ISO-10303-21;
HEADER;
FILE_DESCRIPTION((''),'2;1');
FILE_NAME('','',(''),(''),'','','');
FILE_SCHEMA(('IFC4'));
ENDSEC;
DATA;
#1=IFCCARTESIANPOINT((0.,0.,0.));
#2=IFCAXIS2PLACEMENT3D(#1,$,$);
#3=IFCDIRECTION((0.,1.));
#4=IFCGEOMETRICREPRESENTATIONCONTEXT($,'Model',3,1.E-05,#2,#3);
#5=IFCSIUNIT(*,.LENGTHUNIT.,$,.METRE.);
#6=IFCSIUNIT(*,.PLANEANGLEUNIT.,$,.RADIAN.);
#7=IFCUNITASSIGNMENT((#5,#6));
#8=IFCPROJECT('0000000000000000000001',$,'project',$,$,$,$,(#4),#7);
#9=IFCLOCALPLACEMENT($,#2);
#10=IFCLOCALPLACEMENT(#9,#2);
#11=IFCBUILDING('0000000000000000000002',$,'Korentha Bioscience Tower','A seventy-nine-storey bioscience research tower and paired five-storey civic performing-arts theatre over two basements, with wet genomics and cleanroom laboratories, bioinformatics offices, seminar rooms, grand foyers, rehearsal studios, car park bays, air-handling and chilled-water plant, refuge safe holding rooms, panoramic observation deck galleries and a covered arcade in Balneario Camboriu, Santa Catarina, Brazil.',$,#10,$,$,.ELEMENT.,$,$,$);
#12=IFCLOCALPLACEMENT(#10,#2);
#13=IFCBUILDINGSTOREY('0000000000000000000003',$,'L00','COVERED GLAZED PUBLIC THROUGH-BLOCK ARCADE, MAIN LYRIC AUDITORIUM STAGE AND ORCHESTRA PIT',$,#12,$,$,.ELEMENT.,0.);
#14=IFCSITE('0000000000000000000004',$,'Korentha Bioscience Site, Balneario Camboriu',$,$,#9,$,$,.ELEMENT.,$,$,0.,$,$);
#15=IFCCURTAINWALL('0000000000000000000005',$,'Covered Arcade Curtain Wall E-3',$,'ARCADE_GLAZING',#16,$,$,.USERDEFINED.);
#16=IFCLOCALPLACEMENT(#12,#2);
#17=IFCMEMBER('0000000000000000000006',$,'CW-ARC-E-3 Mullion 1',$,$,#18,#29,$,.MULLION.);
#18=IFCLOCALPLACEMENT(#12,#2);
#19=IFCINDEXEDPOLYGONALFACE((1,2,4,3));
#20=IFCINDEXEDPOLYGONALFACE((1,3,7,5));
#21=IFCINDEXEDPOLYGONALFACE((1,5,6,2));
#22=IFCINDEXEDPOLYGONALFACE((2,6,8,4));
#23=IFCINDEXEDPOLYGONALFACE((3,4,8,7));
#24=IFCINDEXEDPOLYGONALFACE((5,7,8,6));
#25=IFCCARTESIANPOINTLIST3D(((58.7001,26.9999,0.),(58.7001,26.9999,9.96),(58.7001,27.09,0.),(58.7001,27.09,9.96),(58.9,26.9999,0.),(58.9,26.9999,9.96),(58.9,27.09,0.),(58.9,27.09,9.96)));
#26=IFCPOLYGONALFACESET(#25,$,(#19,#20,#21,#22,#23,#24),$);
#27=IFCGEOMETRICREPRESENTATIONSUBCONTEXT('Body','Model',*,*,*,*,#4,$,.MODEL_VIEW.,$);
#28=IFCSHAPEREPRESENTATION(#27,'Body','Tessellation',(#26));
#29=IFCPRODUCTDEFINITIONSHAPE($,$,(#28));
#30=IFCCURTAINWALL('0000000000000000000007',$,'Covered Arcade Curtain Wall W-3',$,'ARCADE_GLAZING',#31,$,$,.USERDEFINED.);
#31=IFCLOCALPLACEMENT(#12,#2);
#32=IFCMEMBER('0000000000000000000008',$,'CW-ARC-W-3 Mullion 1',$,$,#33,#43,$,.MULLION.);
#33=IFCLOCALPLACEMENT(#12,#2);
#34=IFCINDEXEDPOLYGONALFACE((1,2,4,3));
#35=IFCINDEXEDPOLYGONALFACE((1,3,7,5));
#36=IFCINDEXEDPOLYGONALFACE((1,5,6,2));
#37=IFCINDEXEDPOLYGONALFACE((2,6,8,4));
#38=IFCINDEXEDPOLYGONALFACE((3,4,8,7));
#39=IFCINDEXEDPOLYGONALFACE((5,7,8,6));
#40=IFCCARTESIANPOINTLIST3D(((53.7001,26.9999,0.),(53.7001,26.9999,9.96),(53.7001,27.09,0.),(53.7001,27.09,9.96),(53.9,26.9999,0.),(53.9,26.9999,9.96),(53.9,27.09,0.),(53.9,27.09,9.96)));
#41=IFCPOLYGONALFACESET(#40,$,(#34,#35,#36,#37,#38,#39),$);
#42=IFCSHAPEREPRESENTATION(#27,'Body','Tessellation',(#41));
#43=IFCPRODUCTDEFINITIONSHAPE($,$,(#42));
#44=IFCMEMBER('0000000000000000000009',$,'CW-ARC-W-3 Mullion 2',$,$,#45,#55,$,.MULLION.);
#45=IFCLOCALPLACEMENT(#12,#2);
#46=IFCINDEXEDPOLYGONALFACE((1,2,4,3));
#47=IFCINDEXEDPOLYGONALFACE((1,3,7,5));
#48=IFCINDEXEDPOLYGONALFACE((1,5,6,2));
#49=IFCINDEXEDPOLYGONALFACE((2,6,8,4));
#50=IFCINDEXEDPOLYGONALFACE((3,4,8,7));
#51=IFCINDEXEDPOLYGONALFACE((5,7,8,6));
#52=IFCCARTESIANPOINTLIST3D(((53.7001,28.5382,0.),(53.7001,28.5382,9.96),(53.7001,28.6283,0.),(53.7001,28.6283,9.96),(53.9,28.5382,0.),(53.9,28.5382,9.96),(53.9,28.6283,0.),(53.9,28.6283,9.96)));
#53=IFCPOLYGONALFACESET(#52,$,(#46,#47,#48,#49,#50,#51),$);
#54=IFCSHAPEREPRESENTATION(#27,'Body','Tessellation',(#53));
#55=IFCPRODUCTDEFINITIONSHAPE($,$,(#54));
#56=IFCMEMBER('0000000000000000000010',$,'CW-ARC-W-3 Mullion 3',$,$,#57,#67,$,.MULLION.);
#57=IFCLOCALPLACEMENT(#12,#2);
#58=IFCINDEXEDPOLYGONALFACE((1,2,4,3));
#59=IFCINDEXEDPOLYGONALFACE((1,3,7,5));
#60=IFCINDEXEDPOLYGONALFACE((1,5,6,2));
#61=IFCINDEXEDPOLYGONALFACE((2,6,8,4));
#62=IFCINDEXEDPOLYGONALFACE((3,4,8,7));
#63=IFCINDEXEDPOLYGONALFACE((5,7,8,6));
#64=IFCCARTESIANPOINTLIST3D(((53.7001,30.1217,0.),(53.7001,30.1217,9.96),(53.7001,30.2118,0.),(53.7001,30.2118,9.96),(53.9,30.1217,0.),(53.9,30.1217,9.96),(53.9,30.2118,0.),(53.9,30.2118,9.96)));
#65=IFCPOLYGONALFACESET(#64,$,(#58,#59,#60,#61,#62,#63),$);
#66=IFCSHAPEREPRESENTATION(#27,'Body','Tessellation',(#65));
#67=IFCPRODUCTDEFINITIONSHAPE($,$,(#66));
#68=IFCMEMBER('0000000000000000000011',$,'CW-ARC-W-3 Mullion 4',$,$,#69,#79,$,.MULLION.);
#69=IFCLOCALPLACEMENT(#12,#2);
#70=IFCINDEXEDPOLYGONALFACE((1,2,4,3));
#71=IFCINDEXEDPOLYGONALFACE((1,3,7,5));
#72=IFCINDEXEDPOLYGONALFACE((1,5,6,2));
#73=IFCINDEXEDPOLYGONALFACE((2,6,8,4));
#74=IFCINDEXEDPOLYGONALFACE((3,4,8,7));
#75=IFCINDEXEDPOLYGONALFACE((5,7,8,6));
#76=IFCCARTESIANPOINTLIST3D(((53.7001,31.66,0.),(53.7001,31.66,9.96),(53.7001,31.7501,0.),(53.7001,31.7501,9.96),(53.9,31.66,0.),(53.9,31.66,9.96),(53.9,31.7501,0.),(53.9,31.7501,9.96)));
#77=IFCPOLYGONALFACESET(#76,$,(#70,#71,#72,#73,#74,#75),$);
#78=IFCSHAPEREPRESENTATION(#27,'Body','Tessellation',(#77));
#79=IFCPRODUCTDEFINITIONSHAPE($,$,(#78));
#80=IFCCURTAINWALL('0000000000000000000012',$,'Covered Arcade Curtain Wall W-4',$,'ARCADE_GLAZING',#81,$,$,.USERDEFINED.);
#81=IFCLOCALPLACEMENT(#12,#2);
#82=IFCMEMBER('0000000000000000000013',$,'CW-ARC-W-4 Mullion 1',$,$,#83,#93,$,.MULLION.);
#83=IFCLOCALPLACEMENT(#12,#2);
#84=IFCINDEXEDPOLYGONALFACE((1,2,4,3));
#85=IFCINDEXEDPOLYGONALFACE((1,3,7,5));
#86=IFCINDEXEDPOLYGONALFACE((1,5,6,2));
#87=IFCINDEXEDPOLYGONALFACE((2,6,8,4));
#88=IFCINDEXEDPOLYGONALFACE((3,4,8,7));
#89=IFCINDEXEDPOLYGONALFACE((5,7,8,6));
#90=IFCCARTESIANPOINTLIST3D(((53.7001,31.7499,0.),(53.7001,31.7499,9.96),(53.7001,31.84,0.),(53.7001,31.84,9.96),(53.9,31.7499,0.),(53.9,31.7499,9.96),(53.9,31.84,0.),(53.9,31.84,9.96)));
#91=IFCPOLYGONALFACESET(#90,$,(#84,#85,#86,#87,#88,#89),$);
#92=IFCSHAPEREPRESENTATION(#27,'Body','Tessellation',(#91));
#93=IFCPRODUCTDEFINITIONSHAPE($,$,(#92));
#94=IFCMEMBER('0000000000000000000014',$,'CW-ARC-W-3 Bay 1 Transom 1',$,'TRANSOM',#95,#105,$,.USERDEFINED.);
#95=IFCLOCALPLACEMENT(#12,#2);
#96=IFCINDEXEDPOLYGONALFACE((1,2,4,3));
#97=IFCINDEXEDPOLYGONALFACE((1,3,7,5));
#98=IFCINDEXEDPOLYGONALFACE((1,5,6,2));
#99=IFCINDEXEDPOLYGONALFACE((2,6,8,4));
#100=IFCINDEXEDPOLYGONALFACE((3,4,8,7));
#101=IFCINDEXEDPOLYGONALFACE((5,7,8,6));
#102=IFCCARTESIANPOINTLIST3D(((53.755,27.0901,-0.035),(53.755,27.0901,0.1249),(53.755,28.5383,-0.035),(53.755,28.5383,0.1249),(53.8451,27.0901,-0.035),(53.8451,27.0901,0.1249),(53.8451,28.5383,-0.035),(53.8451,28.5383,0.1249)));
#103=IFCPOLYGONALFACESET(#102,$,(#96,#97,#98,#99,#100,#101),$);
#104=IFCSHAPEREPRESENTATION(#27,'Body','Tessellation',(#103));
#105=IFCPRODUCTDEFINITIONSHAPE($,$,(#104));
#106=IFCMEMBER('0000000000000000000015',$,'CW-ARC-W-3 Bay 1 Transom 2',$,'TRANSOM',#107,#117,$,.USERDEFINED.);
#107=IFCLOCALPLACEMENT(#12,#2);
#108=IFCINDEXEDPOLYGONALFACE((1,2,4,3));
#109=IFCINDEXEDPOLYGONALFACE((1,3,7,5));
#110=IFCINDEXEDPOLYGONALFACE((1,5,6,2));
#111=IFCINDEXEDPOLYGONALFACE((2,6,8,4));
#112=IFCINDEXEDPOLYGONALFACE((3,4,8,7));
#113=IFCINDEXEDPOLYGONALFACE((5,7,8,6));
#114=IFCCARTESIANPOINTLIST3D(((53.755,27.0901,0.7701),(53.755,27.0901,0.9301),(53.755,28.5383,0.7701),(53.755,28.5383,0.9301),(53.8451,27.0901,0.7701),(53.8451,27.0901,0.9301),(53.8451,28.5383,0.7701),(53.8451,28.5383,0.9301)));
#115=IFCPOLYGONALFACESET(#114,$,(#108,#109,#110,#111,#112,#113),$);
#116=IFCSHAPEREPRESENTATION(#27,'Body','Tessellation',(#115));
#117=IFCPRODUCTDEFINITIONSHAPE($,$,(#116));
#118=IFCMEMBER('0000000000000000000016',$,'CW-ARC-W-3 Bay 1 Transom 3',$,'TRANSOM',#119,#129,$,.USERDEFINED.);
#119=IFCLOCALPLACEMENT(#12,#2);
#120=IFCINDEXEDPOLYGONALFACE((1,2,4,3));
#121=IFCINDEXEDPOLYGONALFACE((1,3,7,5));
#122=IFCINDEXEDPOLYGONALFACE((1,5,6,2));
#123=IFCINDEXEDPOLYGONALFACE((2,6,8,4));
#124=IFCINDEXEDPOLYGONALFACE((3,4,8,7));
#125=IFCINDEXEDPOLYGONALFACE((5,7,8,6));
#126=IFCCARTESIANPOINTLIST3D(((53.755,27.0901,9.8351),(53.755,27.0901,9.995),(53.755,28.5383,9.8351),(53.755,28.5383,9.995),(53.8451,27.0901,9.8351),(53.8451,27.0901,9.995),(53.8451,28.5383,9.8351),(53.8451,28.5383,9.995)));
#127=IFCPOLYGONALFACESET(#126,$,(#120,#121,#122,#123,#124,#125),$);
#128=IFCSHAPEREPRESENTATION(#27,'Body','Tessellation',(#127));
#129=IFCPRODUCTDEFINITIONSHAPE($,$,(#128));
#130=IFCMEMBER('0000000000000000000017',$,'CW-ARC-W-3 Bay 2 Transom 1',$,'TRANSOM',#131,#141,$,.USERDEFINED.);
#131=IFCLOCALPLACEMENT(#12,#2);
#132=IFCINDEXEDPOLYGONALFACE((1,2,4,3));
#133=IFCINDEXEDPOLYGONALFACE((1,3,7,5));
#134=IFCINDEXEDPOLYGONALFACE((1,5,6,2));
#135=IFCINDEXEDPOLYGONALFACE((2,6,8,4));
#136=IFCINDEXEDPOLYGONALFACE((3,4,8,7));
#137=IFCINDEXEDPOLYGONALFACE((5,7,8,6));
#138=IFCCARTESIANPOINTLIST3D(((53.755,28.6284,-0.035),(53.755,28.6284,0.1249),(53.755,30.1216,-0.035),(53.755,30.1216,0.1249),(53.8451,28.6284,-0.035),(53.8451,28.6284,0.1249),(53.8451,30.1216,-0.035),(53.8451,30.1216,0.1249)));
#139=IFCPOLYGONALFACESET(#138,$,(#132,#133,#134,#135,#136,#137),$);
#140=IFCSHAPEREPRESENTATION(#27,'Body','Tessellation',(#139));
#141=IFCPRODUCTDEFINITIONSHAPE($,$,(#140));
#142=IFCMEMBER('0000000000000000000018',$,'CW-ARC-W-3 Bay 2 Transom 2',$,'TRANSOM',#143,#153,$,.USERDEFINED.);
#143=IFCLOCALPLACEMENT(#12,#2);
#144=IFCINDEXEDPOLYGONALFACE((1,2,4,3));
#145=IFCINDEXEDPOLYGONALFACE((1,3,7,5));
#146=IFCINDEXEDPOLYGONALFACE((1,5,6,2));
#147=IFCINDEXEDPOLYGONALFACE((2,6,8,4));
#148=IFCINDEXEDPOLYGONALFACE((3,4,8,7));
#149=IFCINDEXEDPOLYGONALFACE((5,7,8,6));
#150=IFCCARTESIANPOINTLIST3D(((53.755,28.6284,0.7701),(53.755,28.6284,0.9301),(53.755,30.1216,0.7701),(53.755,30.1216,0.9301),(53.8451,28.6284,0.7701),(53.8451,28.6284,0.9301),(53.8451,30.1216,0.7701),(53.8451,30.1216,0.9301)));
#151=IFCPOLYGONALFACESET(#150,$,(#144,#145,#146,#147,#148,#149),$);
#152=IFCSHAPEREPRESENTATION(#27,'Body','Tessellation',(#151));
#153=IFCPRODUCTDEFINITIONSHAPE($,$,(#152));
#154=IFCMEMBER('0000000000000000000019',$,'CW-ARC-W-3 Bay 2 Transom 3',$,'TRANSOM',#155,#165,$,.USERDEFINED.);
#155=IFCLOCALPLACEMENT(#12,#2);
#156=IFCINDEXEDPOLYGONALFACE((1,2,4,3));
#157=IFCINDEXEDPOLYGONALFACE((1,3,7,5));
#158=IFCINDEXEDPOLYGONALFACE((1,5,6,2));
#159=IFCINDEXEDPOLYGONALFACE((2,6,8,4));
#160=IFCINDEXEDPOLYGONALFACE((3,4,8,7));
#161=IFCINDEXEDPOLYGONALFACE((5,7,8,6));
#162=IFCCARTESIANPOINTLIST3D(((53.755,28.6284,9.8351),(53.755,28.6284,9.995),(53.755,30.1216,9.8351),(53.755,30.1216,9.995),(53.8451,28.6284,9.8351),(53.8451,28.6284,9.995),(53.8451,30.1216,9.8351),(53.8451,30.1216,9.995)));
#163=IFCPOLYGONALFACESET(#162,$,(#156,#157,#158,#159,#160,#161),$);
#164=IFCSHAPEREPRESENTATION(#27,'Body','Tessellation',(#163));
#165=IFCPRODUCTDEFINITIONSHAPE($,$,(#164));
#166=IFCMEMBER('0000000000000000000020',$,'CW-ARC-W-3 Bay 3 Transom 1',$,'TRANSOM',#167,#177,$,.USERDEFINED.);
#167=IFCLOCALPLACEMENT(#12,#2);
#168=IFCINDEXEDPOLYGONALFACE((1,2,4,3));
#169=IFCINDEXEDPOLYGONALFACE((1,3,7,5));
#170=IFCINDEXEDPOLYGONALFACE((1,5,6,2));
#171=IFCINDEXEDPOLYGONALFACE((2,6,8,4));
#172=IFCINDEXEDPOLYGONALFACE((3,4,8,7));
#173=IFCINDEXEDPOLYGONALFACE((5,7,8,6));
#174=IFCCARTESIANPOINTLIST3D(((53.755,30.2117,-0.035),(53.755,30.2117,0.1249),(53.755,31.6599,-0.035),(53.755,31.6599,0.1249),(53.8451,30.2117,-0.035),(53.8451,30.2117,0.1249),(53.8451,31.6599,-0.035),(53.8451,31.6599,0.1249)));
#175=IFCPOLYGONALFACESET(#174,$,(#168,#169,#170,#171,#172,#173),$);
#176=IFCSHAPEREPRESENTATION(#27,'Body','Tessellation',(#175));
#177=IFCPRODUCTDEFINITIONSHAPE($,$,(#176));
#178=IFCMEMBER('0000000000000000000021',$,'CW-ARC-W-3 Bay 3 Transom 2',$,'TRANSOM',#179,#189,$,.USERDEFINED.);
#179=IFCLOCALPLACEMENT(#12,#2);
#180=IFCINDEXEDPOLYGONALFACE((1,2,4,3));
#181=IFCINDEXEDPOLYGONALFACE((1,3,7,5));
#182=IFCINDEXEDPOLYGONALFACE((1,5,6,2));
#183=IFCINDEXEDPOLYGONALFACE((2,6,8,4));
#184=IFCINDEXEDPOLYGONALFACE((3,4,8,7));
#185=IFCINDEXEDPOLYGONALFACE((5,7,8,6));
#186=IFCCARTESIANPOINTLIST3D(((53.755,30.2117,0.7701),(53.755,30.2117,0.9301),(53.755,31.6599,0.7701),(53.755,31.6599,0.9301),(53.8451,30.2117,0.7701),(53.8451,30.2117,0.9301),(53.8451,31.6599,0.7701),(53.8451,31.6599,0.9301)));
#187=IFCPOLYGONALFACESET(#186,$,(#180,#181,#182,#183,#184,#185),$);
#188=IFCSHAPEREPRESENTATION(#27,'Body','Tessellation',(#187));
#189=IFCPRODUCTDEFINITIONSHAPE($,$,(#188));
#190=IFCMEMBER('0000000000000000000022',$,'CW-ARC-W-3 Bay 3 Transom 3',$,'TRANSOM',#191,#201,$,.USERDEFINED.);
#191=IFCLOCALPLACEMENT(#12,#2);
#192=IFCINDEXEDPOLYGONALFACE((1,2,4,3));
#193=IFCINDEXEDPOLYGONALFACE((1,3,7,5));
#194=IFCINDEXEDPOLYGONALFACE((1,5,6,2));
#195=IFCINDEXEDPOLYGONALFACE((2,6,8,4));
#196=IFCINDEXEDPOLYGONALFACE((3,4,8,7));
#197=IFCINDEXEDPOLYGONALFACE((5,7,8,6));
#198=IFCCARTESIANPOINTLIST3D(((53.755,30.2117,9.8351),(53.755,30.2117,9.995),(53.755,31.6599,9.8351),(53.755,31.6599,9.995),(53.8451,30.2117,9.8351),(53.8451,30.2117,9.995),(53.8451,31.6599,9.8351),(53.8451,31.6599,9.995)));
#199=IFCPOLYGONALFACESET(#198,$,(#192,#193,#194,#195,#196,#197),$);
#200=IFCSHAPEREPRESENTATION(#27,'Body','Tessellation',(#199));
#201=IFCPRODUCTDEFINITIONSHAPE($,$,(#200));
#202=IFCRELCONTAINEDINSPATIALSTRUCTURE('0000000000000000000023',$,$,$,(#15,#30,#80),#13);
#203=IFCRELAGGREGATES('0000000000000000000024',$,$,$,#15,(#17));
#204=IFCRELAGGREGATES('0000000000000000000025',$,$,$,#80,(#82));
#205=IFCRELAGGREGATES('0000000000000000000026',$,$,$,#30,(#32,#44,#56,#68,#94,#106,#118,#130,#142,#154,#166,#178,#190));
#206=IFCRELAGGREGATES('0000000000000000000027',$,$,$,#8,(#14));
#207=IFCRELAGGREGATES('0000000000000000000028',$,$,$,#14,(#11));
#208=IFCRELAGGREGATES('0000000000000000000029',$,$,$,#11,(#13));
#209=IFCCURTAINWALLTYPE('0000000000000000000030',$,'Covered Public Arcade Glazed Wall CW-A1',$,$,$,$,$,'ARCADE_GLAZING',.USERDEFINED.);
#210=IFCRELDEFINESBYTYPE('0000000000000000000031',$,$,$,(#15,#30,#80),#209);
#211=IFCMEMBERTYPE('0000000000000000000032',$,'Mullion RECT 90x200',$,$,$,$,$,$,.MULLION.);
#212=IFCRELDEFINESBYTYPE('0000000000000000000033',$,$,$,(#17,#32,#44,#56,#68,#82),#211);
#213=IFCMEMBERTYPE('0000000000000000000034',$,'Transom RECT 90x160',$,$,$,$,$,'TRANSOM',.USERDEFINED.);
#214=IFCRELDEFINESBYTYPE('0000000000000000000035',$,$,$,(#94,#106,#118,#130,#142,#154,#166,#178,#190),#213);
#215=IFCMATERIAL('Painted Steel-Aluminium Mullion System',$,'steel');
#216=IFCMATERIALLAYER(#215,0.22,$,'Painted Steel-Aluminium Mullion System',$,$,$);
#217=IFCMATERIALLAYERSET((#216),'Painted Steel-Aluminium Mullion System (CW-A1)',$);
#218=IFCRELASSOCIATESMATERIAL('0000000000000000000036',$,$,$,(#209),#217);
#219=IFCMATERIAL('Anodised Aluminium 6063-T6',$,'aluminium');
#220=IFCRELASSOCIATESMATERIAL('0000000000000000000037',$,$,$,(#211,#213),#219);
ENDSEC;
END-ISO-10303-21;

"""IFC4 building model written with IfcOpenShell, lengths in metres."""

from ifc_helpers import new_model, si_unit, direction, frame, origin, origin_2d, place, context, subcontext, project, spatial, rectangle, extrude, material, layer, layer_set, material_profile, profile_set, type_object, element, aggregate, save


model = new_model("IFC4")

# Units and contexts
model_context = context("Model", 3, precision=1e-05, world=origin(), true_north=direction((0.0, 1.0)))
body_context = subcontext(model_context, "Body", "Model", "MODEL_VIEW")
ifc_project = project(units=[si_unit("LENGTHUNIT", "METRE"), si_unit("PLANEANGLEUNIT", "RADIAN")], contexts=[model_context])

# Site, building, storey
site_placement = place(None, origin())
site = spatial("IfcSite", under=ifc_project, at=site_placement, Name="Korentha Bioscience Site, Balneario Camboriu", CompositionType="ELEMENT", RefElevation=0.0)
building_placement = place(site_placement, origin())
building = spatial("IfcBuilding", under=site, at=building_placement, Name="Korentha Bioscience Tower", Description="A seventy-nine-storey bioscience research tower and paired five-storey civic performing-arts theatre over two basements, with wet genomics and cleanroom laboratories, bioinformatics offices, seminar rooms, grand foyers, rehearsal studios, car park bays, air-handling and chilled-water plant, refuge safe holding rooms, panoramic observation deck galleries and a covered arcade in Balneario Camboriu, Santa Catarina, Brazil.", CompositionType="ELEMENT")
storey_placement = place(building_placement, origin())
storey = spatial("IfcBuildingStorey", under=building, at=storey_placement, Name="L00", Description="COVERED GLAZED PUBLIC THROUGH-BLOCK ARCADE, MAIN LYRIC AUDITORIUM STAGE AND ORCHESTRA PIT", CompositionType="ELEMENT", Elevation=0.0)

# Curtain wall, member
ifc_material_1 = material(Name="Painted Steel-Aluminium Mullion System", Category="steel")
ifc_layer_1 = layer(ifc_material_1, 0.22, Name="Painted Steel-Aluminium Mullion System")
ifc_layer_set_1 = layer_set([ifc_layer_1], Name="Painted Steel-Aluminium Mullion System (CW-A1)")
curtain_wall_type = type_object("IfcCurtainWallType", Name="Covered Public Arcade Glazed Wall CW-A1", ElementType="ARCADE_GLAZING", PredefinedType="USERDEFINED", material=ifc_layer_set_1)
curtain_wall_1_placement = place(storey_placement, origin())
curtain_wall_1 = element("IfcCurtainWall", 1, at=curtain_wall_1_placement, inside=storey, type_object=curtain_wall_type, Name="Covered Arcade Curtain Wall E-3", ObjectType="ARCADE_GLAZING", PredefinedType="USERDEFINED")
ifc_material_2 = material(Name="Anodised Aluminium 6063-T6", Category="aluminium")
ifc_material_profile_1 = material_profile(ifc_material_2, rectangle(XDim=0.0901, YDim=0.2, at=origin_2d()), Name="Anodised Aluminium 6063-T6")
ifc_profile_set_1 = profile_set([ifc_material_profile_1], Name="Anodised Aluminium 6063-T6 (CW-MUL)")
member_type_1 = type_object("IfcMemberType", Name="Mullion RECT 90x200", PredefinedType="MULLION", material=ifc_profile_set_1)
member_1_placement = place(storey_placement, frame((58.8, 27.0449, 0.0), z_axis=(0.0, 0.0, 1.0), x_axis=(0.0, 1.0, 0.0)))
member_1 = element("IfcMember", 2, at=member_1_placement, type_object=member_type_1, Name="CW-ARC-E-3 Mullion 1", PredefinedType="MULLION", context=body_context, shape_type="SweptSolid", body=[
    extrude(rectangle(XDim=0.0901, YDim=0.2, at=origin_2d()), origin(), (0.0, 0.0, 1.0), 9.96),
])
aggregate(curtain_wall_1, [member_1])

# Curtain wall, members
curtain_wall_2_placement = place(storey_placement, origin())
curtain_wall_2 = element("IfcCurtainWall", 3, at=curtain_wall_2_placement, inside=storey, type_object=curtain_wall_type, Name="Covered Arcade Curtain Wall W-3", ObjectType="ARCADE_GLAZING", PredefinedType="USERDEFINED")
member_2_placement = place(storey_placement, frame((53.8, 27.0449, 0.0), z_axis=(0.0, 0.0, 1.0), x_axis=(0.0, 1.0, 0.0)))
member_2 = element("IfcMember", 4, at=member_2_placement, type_object=member_type_1, Name="CW-ARC-W-3 Mullion 1", PredefinedType="MULLION", context=body_context, shape_type="SweptSolid", body=[
    extrude(rectangle(XDim=0.0901, YDim=0.2, at=origin_2d()), origin(), (0.0, 0.0, 1.0), 9.96),
])
member_3_placement = place(storey_placement, frame((53.8, 28.5833, 0.0), z_axis=(0.0, 0.0, 1.0), x_axis=(0.0, 1.0, 0.0)))
member_3 = element("IfcMember", 5, at=member_3_placement, type_object=member_type_1, Name="CW-ARC-W-3 Mullion 2", PredefinedType="MULLION", context=body_context, shape_type="SweptSolid", body=[
    extrude(rectangle(XDim=0.0901, YDim=0.2, at=origin_2d()), origin(), (0.0, 0.0, 1.0), 9.96),
])
member_4_placement = place(storey_placement, frame((53.8, 30.1667, 0.0), z_axis=(0.0, 0.0, 1.0), x_axis=(0.0, 1.0, 0.0)))
member_4 = element("IfcMember", 6, at=member_4_placement, type_object=member_type_1, Name="CW-ARC-W-3 Mullion 3", PredefinedType="MULLION", context=body_context, shape_type="SweptSolid", body=[
    extrude(rectangle(XDim=0.0901, YDim=0.2, at=origin_2d()), origin(), (0.0, 0.0, 1.0), 9.96),
])
member_5_placement = place(storey_placement, frame((53.8, 31.7051, 0.0), z_axis=(0.0, 0.0, 1.0), x_axis=(0.0, 1.0, 0.0)))
member_5 = element("IfcMember", 7, at=member_5_placement, type_object=member_type_1, Name="CW-ARC-W-3 Mullion 4", PredefinedType="MULLION", context=body_context, shape_type="SweptSolid", body=[
    extrude(rectangle(XDim=0.0901, YDim=0.2, at=origin_2d()), origin(), (0.0, 0.0, 1.0), 9.96),
])

# Curtain wall, member
curtain_wall_3_placement = place(storey_placement, origin())
curtain_wall_3 = element("IfcCurtainWall", 8, at=curtain_wall_3_placement, inside=storey, type_object=curtain_wall_type, Name="Covered Arcade Curtain Wall W-4", ObjectType="ARCADE_GLAZING", PredefinedType="USERDEFINED")
member_6_placement = place(storey_placement, frame((53.8, 31.7949, 0.0), z_axis=(0.0, 0.0, 1.0), x_axis=(0.0, 1.0, 0.0)))
member_6 = element("IfcMember", 9, at=member_6_placement, type_object=member_type_1, Name="CW-ARC-W-4 Mullion 1", PredefinedType="MULLION", context=body_context, shape_type="SweptSolid", body=[
    extrude(rectangle(XDim=0.0901, YDim=0.2, at=origin_2d()), origin(), (0.0, 0.0, 1.0), 9.96),
])

# Members
ifc_material_profile_2 = material_profile(ifc_material_2, rectangle(XDim=0.0901, YDim=0.1599, at=origin_2d()), Name="Anodised Aluminium 6063-T6")
ifc_profile_set_2 = profile_set([ifc_material_profile_2], Name="Anodised Aluminium 6063-T6 (CW-TRN)")
member_type_2 = type_object("IfcMemberType", Name="Transom RECT 90x160", ElementType="TRANSOM", PredefinedType="USERDEFINED", material=ifc_profile_set_2)
member_7_placement = place(storey_placement, frame((53.8, 27.0901, 0.0449), z_axis=(0.0, 1.0, 0.0), x_axis=(-1.0, 0.0, 0.0)))
member_7 = element("IfcMember", 10, at=member_7_placement, type_object=member_type_2, Name="CW-ARC-W-3 Bay 1 Transom 1", ObjectType="TRANSOM", PredefinedType="USERDEFINED", context=body_context, shape_type="SweptSolid", body=[
    extrude(rectangle(XDim=0.0901, YDim=0.1599, at=origin_2d()), origin(), (0.0, 0.0, 1.0), 1.4482),
])
member_8_placement = place(storey_placement, frame((53.8, 27.0901, 0.8501), z_axis=(0.0, 1.0, 0.0), x_axis=(-1.0, 0.0, 0.0)))
member_8 = element("IfcMember", 11, at=member_8_placement, type_object=member_type_2, Name="CW-ARC-W-3 Bay 1 Transom 2", ObjectType="TRANSOM", PredefinedType="USERDEFINED", context=body_context, shape_type="SweptSolid", body=[
    extrude(rectangle(XDim=0.0901, YDim=0.1599, at=origin_2d()), origin(), (0.0, 0.0, 1.0), 1.4482),
])
member_9_placement = place(storey_placement, frame((53.8, 27.0901, 9.915), z_axis=(0.0, 1.0, 0.0), x_axis=(-1.0, 0.0, 0.0)))
member_9 = element("IfcMember", 12, at=member_9_placement, type_object=member_type_2, Name="CW-ARC-W-3 Bay 1 Transom 3", ObjectType="TRANSOM", PredefinedType="USERDEFINED", context=body_context, shape_type="SweptSolid", body=[
    extrude(rectangle(XDim=0.0901, YDim=0.1599, at=origin_2d()), origin(), (0.0, 0.0, 1.0), 1.4482),
])
member_10_placement = place(storey_placement, frame((53.8, 28.6284, 0.0449), z_axis=(0.0, 1.0, 0.0), x_axis=(-1.0, 0.0, 0.0)))
member_10 = element("IfcMember", 13, at=member_10_placement, type_object=member_type_2, Name="CW-ARC-W-3 Bay 2 Transom 1", ObjectType="TRANSOM", PredefinedType="USERDEFINED", context=body_context, shape_type="SweptSolid", body=[
    extrude(rectangle(XDim=0.0901, YDim=0.1599, at=origin_2d()), origin(), (0.0, 0.0, 1.0), 1.4932),
])
member_11_placement = place(storey_placement, frame((53.8, 28.6284, 0.8501), z_axis=(0.0, 1.0, 0.0), x_axis=(-1.0, 0.0, 0.0)))
member_11 = element("IfcMember", 14, at=member_11_placement, type_object=member_type_2, Name="CW-ARC-W-3 Bay 2 Transom 2", ObjectType="TRANSOM", PredefinedType="USERDEFINED", context=body_context, shape_type="SweptSolid", body=[
    extrude(rectangle(XDim=0.0901, YDim=0.1599, at=origin_2d()), origin(), (0.0, 0.0, 1.0), 1.4932),
])
member_12_placement = place(storey_placement, frame((53.8, 28.6284, 9.915), z_axis=(0.0, 1.0, 0.0), x_axis=(-1.0, 0.0, 0.0)))
member_12 = element("IfcMember", 15, at=member_12_placement, type_object=member_type_2, Name="CW-ARC-W-3 Bay 2 Transom 3", ObjectType="TRANSOM", PredefinedType="USERDEFINED", context=body_context, shape_type="SweptSolid", body=[
    extrude(rectangle(XDim=0.0901, YDim=0.1599, at=origin_2d()), origin(), (0.0, 0.0, 1.0), 1.4932),
])
member_13_placement = place(storey_placement, frame((53.8, 30.2117, 0.0449), z_axis=(0.0, 1.0, 0.0), x_axis=(-1.0, 0.0, 0.0)))
member_13 = element("IfcMember", 16, at=member_13_placement, type_object=member_type_2, Name="CW-ARC-W-3 Bay 3 Transom 1", ObjectType="TRANSOM", PredefinedType="USERDEFINED", context=body_context, shape_type="SweptSolid", body=[
    extrude(rectangle(XDim=0.0901, YDim=0.1599, at=origin_2d()), origin(), (0.0, 0.0, 1.0), 1.4482),
])
member_14_placement = place(storey_placement, frame((53.8, 30.2117, 0.8501), z_axis=(0.0, 1.0, 0.0), x_axis=(-1.0, 0.0, 0.0)))
member_14 = element("IfcMember", 17, at=member_14_placement, type_object=member_type_2, Name="CW-ARC-W-3 Bay 3 Transom 2", ObjectType="TRANSOM", PredefinedType="USERDEFINED", context=body_context, shape_type="SweptSolid", body=[
    extrude(rectangle(XDim=0.0901, YDim=0.1599, at=origin_2d()), origin(), (0.0, 0.0, 1.0), 1.4482),
])
member_15_placement = place(storey_placement, frame((53.8, 30.2117, 9.915), z_axis=(0.0, 1.0, 0.0), x_axis=(-1.0, 0.0, 0.0)))
member_15 = element("IfcMember", 18, at=member_15_placement, type_object=member_type_2, Name="CW-ARC-W-3 Bay 3 Transom 3", ObjectType="TRANSOM", PredefinedType="USERDEFINED", context=body_context, shape_type="SweptSolid", body=[
    extrude(rectangle(XDim=0.0901, YDim=0.1599, at=origin_2d()), origin(), (0.0, 0.0, 1.0), 1.4482),
])
aggregate(curtain_wall_3, [member_6])

aggregate(curtain_wall_2, [member_2, member_3, member_4, member_5, member_7, member_8, member_9, member_10, member_11, member_12, member_13, member_14, member_15])

save(model, "model.ifc")
